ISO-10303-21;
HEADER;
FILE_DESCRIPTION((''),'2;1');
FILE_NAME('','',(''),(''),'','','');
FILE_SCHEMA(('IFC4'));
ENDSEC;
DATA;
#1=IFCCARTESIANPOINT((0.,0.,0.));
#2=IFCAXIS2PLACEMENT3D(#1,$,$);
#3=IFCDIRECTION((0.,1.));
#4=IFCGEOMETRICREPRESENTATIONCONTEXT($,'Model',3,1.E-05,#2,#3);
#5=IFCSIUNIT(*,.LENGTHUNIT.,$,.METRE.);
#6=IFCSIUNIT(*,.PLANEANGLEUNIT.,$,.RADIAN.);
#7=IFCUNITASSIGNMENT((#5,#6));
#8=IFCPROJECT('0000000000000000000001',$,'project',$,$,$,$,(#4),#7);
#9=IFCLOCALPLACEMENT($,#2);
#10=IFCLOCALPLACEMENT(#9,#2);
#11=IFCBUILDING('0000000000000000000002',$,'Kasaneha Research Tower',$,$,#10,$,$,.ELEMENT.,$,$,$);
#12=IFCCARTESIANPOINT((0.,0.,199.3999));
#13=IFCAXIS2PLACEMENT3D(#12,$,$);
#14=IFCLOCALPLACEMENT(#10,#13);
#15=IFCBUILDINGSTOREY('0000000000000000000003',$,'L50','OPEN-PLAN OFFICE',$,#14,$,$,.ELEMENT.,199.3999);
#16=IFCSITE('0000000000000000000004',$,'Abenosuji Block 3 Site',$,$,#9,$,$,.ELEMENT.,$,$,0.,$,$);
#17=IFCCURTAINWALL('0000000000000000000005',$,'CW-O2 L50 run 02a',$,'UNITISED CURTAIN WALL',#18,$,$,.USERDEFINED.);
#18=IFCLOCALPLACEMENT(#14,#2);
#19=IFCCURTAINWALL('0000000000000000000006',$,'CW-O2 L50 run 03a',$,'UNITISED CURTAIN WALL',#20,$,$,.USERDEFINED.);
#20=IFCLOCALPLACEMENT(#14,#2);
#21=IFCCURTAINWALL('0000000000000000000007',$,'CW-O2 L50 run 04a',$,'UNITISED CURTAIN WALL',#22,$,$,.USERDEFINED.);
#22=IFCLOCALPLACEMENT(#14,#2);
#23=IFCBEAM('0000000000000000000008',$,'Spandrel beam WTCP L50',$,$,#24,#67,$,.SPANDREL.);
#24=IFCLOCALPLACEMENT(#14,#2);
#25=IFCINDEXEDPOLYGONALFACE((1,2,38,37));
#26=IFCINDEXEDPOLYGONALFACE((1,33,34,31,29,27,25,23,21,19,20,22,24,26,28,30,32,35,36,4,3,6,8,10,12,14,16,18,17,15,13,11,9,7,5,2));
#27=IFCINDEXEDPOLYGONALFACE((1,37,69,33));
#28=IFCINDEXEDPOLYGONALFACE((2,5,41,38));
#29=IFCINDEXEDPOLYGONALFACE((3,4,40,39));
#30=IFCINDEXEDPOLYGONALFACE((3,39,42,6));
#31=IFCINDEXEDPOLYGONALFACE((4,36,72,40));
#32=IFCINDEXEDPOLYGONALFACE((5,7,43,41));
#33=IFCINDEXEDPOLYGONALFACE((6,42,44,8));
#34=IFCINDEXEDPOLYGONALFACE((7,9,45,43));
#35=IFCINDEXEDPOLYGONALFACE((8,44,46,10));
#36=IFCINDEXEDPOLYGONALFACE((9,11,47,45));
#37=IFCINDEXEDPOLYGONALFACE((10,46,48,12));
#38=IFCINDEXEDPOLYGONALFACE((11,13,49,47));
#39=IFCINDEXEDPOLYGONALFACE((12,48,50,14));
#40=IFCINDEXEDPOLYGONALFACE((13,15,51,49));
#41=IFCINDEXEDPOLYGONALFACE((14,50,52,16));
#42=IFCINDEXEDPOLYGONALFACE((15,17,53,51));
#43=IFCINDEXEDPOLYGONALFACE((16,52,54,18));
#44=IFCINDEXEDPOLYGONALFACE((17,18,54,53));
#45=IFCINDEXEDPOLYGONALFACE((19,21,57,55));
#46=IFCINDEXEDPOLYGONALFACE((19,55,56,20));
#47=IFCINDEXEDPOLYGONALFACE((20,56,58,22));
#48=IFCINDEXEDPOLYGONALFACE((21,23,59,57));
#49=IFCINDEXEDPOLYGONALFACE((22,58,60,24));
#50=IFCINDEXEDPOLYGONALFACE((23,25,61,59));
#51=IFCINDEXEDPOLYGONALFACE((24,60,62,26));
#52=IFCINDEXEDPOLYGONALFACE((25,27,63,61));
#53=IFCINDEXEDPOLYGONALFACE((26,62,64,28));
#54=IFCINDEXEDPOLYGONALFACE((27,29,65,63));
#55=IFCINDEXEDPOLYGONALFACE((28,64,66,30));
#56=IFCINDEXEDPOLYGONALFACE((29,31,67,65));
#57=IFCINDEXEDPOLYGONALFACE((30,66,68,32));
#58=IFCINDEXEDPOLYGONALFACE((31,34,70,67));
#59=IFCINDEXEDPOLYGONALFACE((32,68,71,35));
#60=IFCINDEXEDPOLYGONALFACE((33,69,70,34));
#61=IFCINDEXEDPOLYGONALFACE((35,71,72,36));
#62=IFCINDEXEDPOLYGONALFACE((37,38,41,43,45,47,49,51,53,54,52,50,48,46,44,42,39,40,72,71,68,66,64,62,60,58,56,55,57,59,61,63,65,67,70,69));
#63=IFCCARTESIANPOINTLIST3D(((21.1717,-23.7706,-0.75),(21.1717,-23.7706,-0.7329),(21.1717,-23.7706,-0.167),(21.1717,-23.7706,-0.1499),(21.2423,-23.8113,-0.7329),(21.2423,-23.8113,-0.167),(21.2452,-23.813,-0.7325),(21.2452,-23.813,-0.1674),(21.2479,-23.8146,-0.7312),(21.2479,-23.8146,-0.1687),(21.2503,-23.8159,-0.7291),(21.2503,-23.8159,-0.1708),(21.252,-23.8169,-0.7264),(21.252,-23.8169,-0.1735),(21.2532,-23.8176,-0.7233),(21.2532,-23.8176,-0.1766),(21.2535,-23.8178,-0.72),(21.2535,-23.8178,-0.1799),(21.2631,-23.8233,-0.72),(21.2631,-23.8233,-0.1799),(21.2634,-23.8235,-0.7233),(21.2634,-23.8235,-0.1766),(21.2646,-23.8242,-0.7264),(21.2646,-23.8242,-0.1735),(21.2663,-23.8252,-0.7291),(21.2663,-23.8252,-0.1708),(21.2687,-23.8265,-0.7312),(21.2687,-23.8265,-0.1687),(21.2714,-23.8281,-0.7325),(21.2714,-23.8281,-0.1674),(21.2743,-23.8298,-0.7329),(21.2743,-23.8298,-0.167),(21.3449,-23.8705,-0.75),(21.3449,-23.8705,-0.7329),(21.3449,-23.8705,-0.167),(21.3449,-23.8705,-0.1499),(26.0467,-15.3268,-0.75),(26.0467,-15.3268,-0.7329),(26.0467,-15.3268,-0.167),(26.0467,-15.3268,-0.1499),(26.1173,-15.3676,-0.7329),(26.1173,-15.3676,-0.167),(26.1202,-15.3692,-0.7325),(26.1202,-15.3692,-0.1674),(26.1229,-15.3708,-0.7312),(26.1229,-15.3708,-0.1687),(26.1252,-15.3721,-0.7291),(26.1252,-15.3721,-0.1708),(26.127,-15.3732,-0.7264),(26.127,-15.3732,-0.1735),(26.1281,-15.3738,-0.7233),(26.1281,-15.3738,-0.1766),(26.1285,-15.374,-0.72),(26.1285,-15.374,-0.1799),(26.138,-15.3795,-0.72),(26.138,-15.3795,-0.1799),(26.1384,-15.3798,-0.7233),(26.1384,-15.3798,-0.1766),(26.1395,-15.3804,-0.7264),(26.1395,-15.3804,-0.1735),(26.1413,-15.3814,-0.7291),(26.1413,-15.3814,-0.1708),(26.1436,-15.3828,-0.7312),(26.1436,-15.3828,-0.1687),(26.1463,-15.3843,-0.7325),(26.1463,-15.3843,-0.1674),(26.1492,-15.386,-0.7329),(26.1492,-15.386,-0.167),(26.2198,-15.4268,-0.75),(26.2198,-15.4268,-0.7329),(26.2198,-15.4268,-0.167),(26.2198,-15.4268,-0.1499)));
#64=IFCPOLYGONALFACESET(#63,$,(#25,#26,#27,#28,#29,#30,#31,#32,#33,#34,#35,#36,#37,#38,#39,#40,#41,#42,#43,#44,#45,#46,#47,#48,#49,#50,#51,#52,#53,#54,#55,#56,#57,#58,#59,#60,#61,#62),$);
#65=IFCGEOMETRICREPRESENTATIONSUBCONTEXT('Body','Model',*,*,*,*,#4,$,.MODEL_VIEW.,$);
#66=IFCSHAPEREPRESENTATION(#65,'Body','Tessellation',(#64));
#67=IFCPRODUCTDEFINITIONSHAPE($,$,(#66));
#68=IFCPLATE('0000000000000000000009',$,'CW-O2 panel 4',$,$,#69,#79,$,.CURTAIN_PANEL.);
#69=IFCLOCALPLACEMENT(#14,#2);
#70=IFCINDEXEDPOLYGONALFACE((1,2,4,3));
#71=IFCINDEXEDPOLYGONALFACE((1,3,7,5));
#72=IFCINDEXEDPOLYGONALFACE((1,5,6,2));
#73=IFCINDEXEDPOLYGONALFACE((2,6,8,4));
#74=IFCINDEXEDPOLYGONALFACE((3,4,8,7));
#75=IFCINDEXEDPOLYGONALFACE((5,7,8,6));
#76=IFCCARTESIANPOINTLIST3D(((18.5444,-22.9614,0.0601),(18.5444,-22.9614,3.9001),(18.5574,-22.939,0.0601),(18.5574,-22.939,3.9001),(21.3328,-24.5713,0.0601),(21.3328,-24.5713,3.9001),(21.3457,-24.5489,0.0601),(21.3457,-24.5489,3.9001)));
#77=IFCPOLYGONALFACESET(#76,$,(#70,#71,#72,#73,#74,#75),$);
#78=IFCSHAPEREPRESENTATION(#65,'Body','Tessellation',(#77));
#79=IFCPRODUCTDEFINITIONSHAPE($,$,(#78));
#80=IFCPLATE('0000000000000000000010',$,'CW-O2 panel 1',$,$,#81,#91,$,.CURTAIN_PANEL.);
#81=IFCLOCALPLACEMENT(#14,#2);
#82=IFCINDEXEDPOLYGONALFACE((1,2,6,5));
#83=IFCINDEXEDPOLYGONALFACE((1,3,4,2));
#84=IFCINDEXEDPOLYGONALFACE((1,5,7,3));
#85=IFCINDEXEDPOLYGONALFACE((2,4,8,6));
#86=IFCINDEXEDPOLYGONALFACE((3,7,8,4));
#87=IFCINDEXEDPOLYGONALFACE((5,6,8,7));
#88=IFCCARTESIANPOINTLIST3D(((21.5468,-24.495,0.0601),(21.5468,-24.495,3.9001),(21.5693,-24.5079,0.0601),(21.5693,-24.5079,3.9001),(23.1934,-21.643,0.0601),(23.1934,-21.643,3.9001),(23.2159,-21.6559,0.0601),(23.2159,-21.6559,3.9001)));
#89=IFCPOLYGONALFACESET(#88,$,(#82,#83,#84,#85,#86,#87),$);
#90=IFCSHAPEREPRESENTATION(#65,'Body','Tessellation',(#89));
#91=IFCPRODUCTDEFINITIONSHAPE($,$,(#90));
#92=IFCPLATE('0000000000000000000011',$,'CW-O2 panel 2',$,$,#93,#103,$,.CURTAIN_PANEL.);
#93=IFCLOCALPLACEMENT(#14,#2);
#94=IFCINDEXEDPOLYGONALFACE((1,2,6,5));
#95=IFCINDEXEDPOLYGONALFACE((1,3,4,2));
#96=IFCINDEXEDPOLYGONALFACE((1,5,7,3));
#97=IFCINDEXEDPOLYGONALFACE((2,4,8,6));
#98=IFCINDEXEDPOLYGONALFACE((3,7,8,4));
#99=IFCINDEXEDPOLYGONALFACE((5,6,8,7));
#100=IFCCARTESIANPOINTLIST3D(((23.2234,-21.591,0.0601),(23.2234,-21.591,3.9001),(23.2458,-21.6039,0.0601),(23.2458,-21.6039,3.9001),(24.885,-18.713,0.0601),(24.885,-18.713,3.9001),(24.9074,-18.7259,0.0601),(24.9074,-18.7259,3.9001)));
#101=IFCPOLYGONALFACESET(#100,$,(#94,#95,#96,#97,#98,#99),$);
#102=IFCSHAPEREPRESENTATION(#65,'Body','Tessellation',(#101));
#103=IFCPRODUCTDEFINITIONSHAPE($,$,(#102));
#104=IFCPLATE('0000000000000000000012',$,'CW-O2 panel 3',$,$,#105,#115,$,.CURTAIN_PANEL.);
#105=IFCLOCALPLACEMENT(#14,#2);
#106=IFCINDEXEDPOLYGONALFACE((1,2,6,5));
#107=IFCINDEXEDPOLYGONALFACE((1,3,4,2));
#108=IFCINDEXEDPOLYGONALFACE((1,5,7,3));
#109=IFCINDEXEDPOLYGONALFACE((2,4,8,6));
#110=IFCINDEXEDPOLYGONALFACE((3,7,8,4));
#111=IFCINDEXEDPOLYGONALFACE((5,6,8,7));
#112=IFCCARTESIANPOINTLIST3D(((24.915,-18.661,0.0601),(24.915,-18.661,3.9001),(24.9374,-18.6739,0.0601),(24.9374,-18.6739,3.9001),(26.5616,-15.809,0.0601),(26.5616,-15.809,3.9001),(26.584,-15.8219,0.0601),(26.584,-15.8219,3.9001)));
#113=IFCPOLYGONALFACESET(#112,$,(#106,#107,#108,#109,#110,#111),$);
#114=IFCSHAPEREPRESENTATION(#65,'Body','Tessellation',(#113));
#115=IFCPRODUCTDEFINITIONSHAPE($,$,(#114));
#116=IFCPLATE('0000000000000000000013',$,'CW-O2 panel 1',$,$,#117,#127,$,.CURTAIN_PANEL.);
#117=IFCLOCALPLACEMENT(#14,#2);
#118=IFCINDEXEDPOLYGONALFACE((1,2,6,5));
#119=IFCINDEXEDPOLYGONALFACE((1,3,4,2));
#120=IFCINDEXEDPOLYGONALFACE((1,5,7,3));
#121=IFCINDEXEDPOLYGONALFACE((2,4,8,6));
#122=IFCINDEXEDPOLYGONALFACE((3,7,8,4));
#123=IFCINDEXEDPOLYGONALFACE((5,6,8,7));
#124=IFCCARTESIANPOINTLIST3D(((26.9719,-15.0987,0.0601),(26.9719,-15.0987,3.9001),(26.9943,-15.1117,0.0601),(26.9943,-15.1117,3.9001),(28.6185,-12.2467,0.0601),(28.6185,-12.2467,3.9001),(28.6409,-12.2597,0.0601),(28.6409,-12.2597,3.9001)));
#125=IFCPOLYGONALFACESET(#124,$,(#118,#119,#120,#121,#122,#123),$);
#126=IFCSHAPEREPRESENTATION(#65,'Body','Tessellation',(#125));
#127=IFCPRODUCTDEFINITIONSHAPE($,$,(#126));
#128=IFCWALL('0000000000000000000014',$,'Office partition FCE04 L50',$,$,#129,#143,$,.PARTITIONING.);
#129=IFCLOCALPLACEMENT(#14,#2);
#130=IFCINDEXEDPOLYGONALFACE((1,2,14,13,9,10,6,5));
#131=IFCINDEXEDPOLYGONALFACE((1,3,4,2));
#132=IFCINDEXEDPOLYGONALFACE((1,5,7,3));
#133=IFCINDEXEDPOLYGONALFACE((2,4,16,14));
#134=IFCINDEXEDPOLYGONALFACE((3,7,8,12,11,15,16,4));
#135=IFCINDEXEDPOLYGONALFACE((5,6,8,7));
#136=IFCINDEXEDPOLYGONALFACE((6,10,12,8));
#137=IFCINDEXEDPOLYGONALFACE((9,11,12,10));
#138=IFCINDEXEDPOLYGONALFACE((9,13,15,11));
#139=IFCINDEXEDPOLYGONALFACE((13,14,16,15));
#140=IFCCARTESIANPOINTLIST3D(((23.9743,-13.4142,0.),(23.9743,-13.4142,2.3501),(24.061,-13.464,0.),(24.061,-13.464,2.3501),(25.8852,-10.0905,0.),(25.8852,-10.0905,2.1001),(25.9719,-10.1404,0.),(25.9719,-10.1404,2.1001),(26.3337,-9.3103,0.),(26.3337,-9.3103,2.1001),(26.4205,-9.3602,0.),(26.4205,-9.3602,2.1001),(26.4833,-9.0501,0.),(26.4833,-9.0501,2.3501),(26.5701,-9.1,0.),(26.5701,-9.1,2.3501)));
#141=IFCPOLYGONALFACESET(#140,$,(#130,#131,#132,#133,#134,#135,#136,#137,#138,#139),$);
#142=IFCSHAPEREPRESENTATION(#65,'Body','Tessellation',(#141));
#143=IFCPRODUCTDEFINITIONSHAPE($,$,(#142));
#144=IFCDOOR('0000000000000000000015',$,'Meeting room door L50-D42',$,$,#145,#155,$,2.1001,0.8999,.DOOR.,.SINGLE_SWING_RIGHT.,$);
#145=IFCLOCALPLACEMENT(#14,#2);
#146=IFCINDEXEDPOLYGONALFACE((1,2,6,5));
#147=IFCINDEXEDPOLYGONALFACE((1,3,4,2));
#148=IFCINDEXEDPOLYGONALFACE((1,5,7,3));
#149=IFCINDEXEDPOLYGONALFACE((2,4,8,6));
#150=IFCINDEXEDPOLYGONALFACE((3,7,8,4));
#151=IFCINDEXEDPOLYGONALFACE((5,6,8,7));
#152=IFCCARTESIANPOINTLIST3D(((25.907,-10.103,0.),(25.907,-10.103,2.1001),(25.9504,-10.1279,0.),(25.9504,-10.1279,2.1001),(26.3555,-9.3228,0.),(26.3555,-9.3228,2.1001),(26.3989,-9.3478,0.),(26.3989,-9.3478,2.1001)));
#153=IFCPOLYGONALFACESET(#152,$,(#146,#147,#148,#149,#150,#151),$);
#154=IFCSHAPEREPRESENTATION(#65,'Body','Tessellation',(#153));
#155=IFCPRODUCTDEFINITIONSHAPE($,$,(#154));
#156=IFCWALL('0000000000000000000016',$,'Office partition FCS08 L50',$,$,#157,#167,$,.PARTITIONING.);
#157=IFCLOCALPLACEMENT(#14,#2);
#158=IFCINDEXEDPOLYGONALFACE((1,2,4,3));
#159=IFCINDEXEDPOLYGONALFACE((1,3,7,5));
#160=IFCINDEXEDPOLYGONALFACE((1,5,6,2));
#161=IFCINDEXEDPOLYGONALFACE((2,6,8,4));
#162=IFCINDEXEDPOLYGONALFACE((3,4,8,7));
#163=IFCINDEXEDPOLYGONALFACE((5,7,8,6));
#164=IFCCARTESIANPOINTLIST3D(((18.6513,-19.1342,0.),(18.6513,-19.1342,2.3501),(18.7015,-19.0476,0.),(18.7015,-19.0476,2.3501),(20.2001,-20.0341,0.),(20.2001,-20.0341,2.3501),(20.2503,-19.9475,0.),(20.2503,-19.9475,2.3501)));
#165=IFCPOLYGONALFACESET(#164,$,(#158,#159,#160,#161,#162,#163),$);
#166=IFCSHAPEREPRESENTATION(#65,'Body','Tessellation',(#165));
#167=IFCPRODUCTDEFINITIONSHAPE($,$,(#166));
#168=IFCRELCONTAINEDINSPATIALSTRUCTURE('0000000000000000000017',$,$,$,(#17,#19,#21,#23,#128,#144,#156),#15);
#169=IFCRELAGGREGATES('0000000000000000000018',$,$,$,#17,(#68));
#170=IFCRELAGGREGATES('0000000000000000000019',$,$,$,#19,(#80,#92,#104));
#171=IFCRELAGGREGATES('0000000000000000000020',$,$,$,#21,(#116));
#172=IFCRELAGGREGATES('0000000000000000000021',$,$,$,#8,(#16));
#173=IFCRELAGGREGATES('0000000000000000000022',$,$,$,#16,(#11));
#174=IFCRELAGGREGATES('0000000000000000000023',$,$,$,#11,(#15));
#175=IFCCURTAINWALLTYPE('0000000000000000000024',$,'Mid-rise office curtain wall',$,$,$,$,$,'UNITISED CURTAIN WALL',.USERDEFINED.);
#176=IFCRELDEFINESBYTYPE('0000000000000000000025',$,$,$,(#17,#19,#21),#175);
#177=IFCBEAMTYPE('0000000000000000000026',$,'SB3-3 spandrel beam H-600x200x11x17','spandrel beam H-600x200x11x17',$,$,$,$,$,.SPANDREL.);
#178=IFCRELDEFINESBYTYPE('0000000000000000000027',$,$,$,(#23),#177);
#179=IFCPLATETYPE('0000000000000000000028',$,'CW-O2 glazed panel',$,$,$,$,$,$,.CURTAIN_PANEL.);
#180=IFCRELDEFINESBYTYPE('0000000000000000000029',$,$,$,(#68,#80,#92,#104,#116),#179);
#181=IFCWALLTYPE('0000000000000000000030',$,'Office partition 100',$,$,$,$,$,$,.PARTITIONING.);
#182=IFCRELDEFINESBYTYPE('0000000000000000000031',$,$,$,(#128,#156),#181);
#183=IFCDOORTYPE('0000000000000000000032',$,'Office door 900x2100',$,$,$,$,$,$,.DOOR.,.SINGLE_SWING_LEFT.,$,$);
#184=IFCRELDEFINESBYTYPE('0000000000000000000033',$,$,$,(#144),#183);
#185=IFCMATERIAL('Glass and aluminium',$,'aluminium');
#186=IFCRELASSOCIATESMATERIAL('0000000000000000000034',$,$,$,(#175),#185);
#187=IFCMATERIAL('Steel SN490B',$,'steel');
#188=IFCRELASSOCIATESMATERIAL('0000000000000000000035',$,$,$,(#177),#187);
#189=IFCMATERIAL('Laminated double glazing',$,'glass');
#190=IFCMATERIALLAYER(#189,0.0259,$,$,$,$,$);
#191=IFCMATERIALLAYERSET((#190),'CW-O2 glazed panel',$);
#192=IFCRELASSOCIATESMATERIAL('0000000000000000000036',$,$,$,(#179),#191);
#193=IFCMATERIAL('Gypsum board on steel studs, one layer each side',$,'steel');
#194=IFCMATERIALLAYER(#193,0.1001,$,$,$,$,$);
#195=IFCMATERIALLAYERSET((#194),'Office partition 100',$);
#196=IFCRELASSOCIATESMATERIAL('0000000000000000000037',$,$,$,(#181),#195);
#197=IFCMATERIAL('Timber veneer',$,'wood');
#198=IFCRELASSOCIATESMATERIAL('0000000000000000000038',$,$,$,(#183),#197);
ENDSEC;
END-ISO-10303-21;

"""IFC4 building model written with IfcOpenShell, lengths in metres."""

from ifc_helpers import new_model, si_unit, direction, frame, frame_2d, origin, origin_2d, place, context, subcontext, project, spatial, rectangle, i_section, extrude, material, layer, layer_set, material_profile, profile_set, type_object, element, fill, aggregate, save


model = new_model("IFC4")

# Units and contexts
model_context = context("Model", 3, precision=1e-05, world=origin(), true_north=direction((0.0, 1.0)))
body_context = subcontext(model_context, "Body", "Model", "MODEL_VIEW")
ifc_project = project(units=[si_unit("LENGTHUNIT", "METRE"), si_unit("PLANEANGLEUNIT", "RADIAN")], contexts=[model_context])

# Site, building, storey
site_placement = place(None, origin())
site = spatial("IfcSite", under=ifc_project, at=site_placement, Name="Abenosuji Block 3 Site", CompositionType="ELEMENT", RefElevation=0.0)
building_placement = place(site_placement, origin())
building = spatial("IfcBuilding", under=site, at=building_placement, Name="Kasaneha Research Tower", CompositionType="ELEMENT")
storey_placement = place(building_placement, frame((0.0, 0.0, 199.3999)))
storey = spatial("IfcBuildingStorey", under=building, at=storey_placement, Name="L50", Description="OPEN-PLAN OFFICE", CompositionType="ELEMENT", Elevation=199.3999)

# Curtain wall
ifc_material_1 = material(Name="Glass and aluminium", Category="aluminium")
curtain_wall_type = type_object("IfcCurtainWallType", Name="Mid-rise office curtain wall", ElementType="UNITISED CURTAIN WALL", PredefinedType="USERDEFINED", material=ifc_material_1)
curtain_wall_1_placement = place(storey_placement, origin())
curtain_wall_1 = element("IfcCurtainWall", 1, at=curtain_wall_1_placement, inside=storey, type_object=curtain_wall_type, Name="CW-O2 L50 run 02a", ObjectType="UNITISED CURTAIN WALL", PredefinedType="USERDEFINED")

# Curtain walls
curtain_wall_2_placement = place(storey_placement, origin())
curtain_wall_2 = element("IfcCurtainWall", 2, at=curtain_wall_2_placement, inside=storey, type_object=curtain_wall_type, Name="CW-O2 L50 run 03a", ObjectType="UNITISED CURTAIN WALL", PredefinedType="USERDEFINED")
curtain_wall_3_placement = place(storey_placement, origin())
curtain_wall_3 = element("IfcCurtainWall", 3, at=curtain_wall_3_placement, inside=storey, type_object=curtain_wall_type, Name="CW-O2 L50 run 04a", ObjectType="UNITISED CURTAIN WALL", PredefinedType="USERDEFINED")

# Beam
ifc_material_2 = material(Name="Steel SN490B", Category="steel")
ifc_material_profile_1 = material_profile(ifc_material_2, i_section(OverallWidth=0.2, OverallDepth=0.6001, WebThickness=0.011, FlangeThickness=0.0171, FilletRadius=0.0129, at=origin_2d()), Name="H-600x200x11x17")
ifc_profile_set_1 = profile_set([ifc_material_profile_1], Name="Steel SN490B")
beam_type = type_object("IfcBeamType", Name="SB3-3 spandrel beam H-600x200x11x17", Description="spandrel beam H-600x200x11x17", PredefinedType="SPANDREL", material=ifc_profile_set_1)
beam_placement = place(storey_placement, frame((21.2583, -23.8206, -0.45), z_axis=(0.499996, 0.866028, 0.0), x_axis=(-0.866028, 0.499996, 0.0)))
element("IfcBeam", 4, at=beam_placement, inside=storey, type_object=beam_type, Name="Spandrel beam WTCP L50", PredefinedType="SPANDREL", context=body_context, shape_type="SweptSolid", body=[
    extrude(i_section(OverallWidth=0.2, OverallDepth=0.6001, WebThickness=0.011, FlangeThickness=0.0171, FilletRadius=0.0129, at=origin_2d()), origin(), (0.0, 0.0, 1.0), 9.75),
])

# Plates
ifc_material_3 = material(Name="Laminated double glazing", Category="glass")
ifc_layer_1 = layer(ifc_material_3, 0.0259)
ifc_layer_set_1 = layer_set([ifc_layer_1], Name="CW-O2 glazed panel")
plate_type = type_object("IfcPlateType", Name="CW-O2 glazed panel", PredefinedType="CURTAIN_PANEL", material=ifc_layer_set_1)
plate_1_placement = place(storey_placement, frame((19.9451, -23.7551, 0.0601), z_axis=(0.0, 0.0, 1.0), x_axis=(0.866025, -0.5, 0.0)))
plate_1 = element("IfcPlate", 5, at=plate_1_placement, type_object=plate_type, Name="CW-O2 panel 4", PredefinedType="CURTAIN_PANEL", context=body_context, shape_type="SweptSolid", body=[
    extrude(rectangle(XDim=3.2197, YDim=0.0259, at=origin_2d()), origin(), (0.0, 0.0, 1.0), 3.8401),
])
aggregate(curtain_wall_1, [plate_1])
plate_2_placement = place(storey_placement, frame((22.3813, -23.0754, 0.0601), z_axis=(0.0, 0.0, 1.0), x_axis=(0.5, 0.866025, 0.0)))
plate_2 = element("IfcPlate", 6, at=plate_2_placement, type_object=plate_type, Name="CW-O2 panel 1", PredefinedType="CURTAIN_PANEL", context=body_context, shape_type="SweptSolid", body=[
    extrude(rectangle(XDim=3.2932, YDim=0.0259, at=origin_2d()), origin(), (0.0, 0.0, 1.0), 3.8401),
])
plate_3_placement = place(storey_placement, frame((24.0654, -20.1584, 0.0601), z_axis=(0.0, 0.0, 1.0), x_axis=(0.5, 0.866025, 0.0)))
plate_3 = element("IfcPlate", 7, at=plate_3_placement, type_object=plate_type, Name="CW-O2 panel 2", PredefinedType="CURTAIN_PANEL", context=body_context, shape_type="SweptSolid", body=[
    extrude(rectangle(XDim=3.3232, YDim=0.0259, at=origin_2d()), origin(), (0.0, 0.0, 1.0), 3.8401),
])
plate_4_placement = place(storey_placement, frame((25.7495, -17.2415, 0.0601), z_axis=(0.0, 0.0, 1.0), x_axis=(0.5, 0.866025, 0.0)))
plate_4 = element("IfcPlate", 8, at=plate_4_placement, type_object=plate_type, Name="CW-O2 panel 3", PredefinedType="CURTAIN_PANEL", context=body_context, shape_type="SweptSolid", body=[
    extrude(rectangle(XDim=3.2932, YDim=0.0259, at=origin_2d()), origin(), (0.0, 0.0, 1.0), 3.8401),
])
aggregate(curtain_wall_2, [plate_2, plate_3, plate_4])
plate_5_placement = place(storey_placement, frame((27.8064, -13.6792, 0.0601), z_axis=(0.0, 0.0, 1.0), x_axis=(0.5, 0.866025, 0.0)))
plate_5 = element("IfcPlate", 9, at=plate_5_placement, type_object=plate_type, Name="CW-O2 panel 1", PredefinedType="CURTAIN_PANEL", context=body_context, shape_type="SweptSolid", body=[
    extrude(rectangle(XDim=3.2932, YDim=0.0259, at=origin_2d()), origin(), (0.0, 0.0, 1.0), 3.8401),
])
aggregate(curtain_wall_3, [plate_5])

# Wall, opening, door
ifc_material_4 = material(Name="Gypsum board on steel studs, one layer each side", Category="steel")
ifc_layer_2 = layer(ifc_material_4, 0.1001)
ifc_layer_set_2 = layer_set([ifc_layer_2], Name="Office partition 100")
wall_type_1 = type_object("IfcWallType", Name="Office partition 100", PredefinedType="PARTITIONING", material=ifc_layer_set_2)
wall_1_placement = place(storey_placement, frame((24.0176, -13.4392, 0.0), z_axis=(0.0, 0.0, 1.0), x_axis=(0.49843, 0.86693, 0.0)))
wall_1 = element("IfcWall", 10, at=wall_1_placement, inside=storey, type_object=wall_type_1, Name="Office partition FCE04 L50", PredefinedType="PARTITIONING", context=body_context, shape_type="SweptSolid", body=[
    extrude(rectangle(XDim=5.0339, YDim=0.1001, at=frame_2d((2.5171, 0.0))), origin(), (0.0, 0.0, 1.0), 2.3501),
])
opening_1_placement = place(wall_1_placement, frame((3.834, 0.0, 0.0)))
opening_1 = element("IfcOpeningElement", 11, at=opening_1_placement, cuts=wall_1, PredefinedType="OPENING", context=body_context, shape_type="SweptSolid", body=[
    extrude(rectangle(XDim=0.8999, YDim=2.1001, at=frame_2d((0.45, 1.05))), frame((0.0, 0.0601, 0.0), z_axis=(0.0, -1.0, 0.0), x_axis=(1.0, 0.0, 0.0)), (0.0, 0.0, 1.0), 0.1201),
])
ifc_material_5 = material(Name="Timber veneer", Category="wood")
door_type_1 = type_object("IfcDoorType", Name="Office door 900x2100", OperationType="SINGLE_SWING_LEFT", PredefinedType="DOOR", material=ifc_material_5)
door_1_placement = place(opening_1_placement, origin())
door_1 = element("IfcDoor", 12, at=door_1_placement, inside=storey, type_object=door_type_1, Name="Meeting room door L50-D42", OperationType="SINGLE_SWING_RIGHT", OverallHeight=2.1001, OverallWidth=0.8999, PredefinedType="DOOR", context=body_context, shape_type="SweptSolid", body=[
    extrude(rectangle(XDim=0.8999, YDim=2.1001, at=frame_2d((0.45, 1.05))), frame((0.0, 0.0249, 0.0), z_axis=(0.0, -1.0, 0.0), x_axis=(1.0, 0.0, 0.0)), (0.0, 0.0, 1.0), 0.05),
])
fill(opening_1, door_1)

# Wall
wall_2_placement = place(storey_placement, frame((20.2251, -19.9907, 0.0), z_axis=(0.0, 0.0, 1.0), x_axis=(-0.864648, 0.502379, 0.0)))
element("IfcWall", 13, at=wall_2_placement, inside=storey, type_object=wall_type_1, Name="Office partition FCS08 L50", PredefinedType="PARTITIONING", context=body_context, shape_type="SweptSolid", body=[
    extrude(rectangle(XDim=1.7913, YDim=0.1001, at=frame_2d((0.8955, 0.0))), origin(), (0.0, 0.0, 1.0), 2.3501),
])

save(model, "model.ifc")
